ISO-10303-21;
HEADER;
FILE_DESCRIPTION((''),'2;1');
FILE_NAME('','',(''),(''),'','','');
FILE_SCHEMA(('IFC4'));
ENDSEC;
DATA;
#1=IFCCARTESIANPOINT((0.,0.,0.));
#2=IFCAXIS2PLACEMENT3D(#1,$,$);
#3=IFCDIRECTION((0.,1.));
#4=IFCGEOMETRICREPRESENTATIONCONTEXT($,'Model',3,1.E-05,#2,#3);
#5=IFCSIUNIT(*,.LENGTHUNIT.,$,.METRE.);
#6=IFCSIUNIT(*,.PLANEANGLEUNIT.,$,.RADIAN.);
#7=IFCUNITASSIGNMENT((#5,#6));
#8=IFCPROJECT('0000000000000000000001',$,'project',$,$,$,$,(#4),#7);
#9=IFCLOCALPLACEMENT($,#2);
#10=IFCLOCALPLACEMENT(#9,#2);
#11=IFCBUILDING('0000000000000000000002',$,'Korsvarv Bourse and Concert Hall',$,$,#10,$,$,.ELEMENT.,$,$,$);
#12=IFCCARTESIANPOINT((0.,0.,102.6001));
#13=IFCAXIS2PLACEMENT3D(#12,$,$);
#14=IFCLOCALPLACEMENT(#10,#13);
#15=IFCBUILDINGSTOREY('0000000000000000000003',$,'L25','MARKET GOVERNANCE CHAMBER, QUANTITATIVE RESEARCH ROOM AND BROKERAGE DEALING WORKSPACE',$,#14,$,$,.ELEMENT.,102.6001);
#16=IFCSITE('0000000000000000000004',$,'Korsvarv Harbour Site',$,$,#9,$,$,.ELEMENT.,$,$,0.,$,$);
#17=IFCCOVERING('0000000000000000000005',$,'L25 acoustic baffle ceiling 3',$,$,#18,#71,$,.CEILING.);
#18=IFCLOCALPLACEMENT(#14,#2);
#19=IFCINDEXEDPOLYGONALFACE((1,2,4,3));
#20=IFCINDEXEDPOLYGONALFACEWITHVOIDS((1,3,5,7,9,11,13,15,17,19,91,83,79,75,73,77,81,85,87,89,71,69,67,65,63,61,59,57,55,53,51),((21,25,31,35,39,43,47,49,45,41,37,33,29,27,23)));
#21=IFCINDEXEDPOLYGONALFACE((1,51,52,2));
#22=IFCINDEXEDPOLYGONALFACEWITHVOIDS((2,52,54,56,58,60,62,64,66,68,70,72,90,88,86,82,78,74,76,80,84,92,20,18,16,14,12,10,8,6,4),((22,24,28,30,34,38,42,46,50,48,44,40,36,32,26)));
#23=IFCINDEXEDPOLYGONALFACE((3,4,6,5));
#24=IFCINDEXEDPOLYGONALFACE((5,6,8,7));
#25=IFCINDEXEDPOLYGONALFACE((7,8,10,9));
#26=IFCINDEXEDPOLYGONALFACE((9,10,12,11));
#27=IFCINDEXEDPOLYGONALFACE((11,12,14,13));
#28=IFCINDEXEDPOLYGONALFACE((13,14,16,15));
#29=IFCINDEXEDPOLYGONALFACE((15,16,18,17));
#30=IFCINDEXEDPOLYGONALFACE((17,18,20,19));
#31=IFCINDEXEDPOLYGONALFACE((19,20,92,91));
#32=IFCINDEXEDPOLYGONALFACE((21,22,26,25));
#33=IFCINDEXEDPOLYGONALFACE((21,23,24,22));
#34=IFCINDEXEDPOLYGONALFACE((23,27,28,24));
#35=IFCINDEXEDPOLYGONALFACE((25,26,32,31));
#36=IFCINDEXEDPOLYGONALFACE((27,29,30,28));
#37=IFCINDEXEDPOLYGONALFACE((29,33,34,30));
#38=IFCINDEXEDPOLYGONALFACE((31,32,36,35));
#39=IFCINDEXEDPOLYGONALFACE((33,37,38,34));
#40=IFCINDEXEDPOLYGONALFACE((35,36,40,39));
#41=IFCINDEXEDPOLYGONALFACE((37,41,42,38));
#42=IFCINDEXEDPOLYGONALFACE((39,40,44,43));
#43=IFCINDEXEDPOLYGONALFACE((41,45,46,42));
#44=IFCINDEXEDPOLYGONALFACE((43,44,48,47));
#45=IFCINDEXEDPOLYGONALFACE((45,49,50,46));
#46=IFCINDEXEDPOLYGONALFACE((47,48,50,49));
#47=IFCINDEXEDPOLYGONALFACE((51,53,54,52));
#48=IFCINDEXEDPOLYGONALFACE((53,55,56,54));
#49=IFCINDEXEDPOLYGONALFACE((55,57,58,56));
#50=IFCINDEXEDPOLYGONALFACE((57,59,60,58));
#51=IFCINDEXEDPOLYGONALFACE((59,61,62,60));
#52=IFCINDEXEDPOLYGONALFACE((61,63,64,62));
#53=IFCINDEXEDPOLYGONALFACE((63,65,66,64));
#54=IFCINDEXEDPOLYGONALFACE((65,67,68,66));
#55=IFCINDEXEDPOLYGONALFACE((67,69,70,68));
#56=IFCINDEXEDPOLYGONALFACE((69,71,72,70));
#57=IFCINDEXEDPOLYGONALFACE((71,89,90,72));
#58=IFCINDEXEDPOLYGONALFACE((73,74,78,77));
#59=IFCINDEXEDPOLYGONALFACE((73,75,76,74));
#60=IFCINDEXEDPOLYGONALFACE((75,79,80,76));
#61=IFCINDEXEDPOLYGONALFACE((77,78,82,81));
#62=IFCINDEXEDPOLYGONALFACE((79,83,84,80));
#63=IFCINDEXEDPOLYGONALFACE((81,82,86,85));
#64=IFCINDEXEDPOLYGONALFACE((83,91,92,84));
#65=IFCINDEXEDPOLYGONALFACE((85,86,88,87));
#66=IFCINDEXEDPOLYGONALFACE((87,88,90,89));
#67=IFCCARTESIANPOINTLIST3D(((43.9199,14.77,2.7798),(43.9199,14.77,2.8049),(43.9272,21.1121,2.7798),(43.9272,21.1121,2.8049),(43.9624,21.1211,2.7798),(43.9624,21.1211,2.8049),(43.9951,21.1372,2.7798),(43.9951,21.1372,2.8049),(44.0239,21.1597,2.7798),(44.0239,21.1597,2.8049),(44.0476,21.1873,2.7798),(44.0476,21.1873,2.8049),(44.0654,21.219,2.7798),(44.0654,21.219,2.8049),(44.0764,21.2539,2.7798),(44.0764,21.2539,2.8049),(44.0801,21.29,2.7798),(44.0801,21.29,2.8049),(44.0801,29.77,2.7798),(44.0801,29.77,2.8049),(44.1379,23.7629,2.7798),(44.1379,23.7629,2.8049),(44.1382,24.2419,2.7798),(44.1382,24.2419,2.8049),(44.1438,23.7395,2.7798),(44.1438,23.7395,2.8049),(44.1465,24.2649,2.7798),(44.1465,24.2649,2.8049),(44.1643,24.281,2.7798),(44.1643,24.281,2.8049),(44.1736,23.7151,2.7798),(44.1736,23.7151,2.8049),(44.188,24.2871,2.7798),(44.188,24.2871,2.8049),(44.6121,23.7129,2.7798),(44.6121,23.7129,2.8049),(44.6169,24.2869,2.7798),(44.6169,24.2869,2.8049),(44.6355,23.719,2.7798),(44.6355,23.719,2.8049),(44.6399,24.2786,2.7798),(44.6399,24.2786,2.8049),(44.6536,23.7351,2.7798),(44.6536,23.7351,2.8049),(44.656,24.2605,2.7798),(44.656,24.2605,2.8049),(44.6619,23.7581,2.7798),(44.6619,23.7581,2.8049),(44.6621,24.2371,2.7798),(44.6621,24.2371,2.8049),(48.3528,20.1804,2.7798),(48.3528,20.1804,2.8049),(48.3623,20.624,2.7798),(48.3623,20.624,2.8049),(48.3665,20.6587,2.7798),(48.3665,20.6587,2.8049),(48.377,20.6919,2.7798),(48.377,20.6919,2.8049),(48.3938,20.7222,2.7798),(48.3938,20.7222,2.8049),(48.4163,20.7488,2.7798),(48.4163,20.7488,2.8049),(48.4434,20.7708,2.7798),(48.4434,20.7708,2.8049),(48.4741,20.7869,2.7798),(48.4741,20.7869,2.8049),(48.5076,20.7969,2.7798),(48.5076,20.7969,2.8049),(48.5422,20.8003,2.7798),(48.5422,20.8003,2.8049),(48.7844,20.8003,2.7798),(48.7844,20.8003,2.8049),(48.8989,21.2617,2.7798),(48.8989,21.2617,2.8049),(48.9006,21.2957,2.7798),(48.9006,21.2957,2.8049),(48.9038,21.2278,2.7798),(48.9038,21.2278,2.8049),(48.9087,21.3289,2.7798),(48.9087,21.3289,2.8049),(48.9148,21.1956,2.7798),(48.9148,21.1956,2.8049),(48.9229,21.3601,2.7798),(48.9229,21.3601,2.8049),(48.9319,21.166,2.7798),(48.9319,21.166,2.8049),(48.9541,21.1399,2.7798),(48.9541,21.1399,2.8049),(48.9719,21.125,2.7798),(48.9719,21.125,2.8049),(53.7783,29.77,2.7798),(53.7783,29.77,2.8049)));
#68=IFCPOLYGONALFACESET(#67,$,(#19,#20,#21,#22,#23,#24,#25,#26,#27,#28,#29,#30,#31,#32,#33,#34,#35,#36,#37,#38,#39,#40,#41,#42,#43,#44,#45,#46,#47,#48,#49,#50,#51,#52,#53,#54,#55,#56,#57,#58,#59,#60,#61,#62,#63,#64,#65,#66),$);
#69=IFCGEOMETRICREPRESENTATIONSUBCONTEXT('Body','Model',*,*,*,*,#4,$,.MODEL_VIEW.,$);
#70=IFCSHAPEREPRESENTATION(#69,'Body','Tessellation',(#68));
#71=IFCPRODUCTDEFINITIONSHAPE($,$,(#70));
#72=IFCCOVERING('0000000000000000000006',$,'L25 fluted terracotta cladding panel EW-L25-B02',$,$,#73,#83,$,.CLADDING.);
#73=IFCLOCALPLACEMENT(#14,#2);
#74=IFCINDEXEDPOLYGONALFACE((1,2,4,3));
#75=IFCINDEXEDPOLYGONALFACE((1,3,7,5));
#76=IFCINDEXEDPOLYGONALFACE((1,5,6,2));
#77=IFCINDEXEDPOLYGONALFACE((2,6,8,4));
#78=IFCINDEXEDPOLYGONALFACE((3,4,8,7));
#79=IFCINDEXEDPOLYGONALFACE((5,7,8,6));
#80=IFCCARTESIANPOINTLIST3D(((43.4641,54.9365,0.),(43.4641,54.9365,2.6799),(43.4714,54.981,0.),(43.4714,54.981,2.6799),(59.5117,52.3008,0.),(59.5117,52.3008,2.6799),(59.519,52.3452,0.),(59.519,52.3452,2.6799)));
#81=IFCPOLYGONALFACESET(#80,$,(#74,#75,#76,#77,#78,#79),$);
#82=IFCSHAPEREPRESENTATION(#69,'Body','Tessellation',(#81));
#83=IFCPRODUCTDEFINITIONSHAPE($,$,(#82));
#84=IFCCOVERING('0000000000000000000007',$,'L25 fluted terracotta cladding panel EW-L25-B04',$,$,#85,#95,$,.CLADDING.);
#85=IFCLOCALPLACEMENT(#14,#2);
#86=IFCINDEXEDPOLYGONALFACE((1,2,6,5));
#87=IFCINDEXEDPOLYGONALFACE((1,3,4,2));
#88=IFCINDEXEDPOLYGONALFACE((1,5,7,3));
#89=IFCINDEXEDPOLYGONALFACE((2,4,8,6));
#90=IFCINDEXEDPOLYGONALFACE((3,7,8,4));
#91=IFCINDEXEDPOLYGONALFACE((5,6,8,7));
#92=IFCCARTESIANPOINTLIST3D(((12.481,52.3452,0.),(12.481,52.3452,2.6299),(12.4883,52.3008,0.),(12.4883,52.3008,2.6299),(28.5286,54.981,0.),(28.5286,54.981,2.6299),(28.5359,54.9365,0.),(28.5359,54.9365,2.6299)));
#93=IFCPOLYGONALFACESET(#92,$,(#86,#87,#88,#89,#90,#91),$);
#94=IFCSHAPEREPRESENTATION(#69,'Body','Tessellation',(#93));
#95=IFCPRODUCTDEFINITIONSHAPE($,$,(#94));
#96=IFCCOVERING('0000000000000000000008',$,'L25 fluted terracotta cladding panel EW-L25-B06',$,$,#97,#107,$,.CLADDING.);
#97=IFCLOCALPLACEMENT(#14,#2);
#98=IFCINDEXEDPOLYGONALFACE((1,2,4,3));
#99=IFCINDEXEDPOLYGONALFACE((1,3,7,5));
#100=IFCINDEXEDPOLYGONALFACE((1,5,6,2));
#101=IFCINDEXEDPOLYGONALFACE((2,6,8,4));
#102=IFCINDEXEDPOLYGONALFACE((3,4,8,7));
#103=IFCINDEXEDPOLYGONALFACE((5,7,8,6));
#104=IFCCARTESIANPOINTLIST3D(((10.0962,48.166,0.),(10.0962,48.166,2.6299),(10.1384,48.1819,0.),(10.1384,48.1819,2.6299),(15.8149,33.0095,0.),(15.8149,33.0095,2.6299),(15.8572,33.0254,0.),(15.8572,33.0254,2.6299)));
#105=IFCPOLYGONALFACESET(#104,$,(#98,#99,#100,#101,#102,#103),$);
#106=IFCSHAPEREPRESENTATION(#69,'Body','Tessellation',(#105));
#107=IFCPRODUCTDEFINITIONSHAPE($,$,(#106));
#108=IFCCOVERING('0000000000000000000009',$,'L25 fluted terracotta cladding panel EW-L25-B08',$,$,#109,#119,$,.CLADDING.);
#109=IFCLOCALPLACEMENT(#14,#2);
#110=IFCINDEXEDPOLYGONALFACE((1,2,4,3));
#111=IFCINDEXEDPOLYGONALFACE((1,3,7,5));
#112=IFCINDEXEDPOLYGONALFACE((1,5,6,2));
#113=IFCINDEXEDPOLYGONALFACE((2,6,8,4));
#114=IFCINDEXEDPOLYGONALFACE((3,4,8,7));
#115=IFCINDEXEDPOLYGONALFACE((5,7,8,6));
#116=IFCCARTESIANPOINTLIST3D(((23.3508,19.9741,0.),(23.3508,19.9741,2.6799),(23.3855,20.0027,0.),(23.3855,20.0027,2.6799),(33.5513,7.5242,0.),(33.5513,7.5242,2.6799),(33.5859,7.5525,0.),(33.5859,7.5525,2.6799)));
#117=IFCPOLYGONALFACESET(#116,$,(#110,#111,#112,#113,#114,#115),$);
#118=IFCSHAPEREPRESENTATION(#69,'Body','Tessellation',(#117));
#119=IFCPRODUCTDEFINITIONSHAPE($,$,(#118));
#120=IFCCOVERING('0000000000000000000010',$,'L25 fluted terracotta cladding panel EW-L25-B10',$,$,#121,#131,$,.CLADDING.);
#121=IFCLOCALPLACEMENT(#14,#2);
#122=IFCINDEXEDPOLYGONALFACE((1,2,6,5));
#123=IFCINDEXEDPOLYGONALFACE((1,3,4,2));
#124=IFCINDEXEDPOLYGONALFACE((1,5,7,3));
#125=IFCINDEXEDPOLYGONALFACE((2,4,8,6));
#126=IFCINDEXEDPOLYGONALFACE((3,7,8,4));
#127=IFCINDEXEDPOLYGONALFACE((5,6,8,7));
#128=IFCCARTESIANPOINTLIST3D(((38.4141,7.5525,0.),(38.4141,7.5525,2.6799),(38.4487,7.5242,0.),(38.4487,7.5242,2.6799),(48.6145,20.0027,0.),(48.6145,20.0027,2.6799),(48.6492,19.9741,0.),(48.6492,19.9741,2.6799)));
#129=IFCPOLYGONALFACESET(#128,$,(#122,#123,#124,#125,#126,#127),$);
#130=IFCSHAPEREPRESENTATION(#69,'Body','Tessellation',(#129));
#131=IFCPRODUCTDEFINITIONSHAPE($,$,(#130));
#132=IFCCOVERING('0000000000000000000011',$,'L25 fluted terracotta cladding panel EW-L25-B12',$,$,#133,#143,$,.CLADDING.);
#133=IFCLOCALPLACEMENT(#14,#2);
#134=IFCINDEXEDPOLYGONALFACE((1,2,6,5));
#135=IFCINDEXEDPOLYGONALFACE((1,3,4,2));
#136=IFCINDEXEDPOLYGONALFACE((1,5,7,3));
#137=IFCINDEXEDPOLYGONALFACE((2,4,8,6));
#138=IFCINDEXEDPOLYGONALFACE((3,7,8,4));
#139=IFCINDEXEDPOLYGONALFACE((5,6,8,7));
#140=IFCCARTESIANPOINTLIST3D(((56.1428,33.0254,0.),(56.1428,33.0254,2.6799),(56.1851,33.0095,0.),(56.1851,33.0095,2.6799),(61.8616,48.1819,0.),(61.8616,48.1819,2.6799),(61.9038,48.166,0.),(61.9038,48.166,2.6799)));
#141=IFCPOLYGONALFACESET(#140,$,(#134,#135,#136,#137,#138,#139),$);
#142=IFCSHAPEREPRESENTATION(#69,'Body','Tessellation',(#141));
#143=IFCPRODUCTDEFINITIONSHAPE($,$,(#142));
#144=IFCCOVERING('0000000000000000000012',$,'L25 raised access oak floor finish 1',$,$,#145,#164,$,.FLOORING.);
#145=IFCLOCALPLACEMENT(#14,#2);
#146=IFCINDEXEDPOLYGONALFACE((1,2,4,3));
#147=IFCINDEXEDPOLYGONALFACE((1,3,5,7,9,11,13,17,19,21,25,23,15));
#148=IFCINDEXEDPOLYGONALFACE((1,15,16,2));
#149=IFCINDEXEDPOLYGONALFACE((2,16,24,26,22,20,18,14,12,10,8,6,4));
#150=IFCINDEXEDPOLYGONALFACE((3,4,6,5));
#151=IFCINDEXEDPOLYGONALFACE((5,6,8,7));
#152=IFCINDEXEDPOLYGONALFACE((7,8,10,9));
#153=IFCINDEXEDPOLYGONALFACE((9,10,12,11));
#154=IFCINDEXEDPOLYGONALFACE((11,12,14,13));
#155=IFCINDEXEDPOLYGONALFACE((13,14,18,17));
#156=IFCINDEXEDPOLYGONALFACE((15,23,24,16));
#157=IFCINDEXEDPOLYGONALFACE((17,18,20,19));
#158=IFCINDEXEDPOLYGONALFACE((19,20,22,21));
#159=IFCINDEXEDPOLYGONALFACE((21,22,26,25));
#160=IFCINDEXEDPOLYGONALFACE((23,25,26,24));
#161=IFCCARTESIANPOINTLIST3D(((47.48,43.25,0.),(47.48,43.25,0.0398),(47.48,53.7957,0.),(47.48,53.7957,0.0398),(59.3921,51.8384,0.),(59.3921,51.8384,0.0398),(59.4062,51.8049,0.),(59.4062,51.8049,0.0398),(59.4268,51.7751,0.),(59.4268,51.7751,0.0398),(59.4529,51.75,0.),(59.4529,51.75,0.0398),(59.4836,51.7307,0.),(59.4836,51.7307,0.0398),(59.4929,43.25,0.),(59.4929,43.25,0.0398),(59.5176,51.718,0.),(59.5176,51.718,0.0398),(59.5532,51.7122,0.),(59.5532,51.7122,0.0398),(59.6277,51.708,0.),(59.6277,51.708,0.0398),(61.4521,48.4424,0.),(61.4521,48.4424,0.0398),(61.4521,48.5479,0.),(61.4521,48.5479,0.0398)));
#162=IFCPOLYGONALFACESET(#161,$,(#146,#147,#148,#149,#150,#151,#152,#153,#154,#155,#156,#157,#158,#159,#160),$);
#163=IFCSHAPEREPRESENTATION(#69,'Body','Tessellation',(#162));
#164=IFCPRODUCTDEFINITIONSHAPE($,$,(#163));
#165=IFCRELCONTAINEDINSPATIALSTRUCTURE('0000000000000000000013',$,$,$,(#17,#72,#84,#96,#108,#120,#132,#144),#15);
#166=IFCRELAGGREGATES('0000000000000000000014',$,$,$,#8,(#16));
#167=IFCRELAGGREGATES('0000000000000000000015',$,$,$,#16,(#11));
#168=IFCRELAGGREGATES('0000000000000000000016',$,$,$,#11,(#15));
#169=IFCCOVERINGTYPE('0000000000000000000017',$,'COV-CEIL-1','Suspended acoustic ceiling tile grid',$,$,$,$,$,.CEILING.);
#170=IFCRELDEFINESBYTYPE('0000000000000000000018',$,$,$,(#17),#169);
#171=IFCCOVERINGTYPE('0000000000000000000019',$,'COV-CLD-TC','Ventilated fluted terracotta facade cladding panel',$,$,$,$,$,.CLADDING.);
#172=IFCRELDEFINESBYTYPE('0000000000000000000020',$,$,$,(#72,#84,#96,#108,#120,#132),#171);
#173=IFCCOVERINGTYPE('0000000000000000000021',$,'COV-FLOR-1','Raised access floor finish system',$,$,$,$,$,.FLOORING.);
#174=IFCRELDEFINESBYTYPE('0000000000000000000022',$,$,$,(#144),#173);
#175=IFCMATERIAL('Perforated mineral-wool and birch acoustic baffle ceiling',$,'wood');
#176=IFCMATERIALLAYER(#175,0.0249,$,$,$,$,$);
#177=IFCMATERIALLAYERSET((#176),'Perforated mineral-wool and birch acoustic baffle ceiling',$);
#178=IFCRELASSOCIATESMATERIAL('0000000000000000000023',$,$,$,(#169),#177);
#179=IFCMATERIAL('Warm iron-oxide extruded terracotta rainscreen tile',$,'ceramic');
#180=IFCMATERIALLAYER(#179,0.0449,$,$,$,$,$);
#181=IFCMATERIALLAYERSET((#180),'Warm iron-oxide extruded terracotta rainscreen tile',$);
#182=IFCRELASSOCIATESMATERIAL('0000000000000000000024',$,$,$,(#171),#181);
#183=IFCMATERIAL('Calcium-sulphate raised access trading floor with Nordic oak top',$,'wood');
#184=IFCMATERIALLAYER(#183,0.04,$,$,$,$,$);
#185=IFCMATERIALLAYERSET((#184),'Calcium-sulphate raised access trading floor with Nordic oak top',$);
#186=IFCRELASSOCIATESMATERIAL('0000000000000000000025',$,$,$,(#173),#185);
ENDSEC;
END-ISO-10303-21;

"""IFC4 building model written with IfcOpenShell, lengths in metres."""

from ifc_helpers import new_model, si_unit, direction, frame, origin, place, context, subcontext, project, spatial, polyline, outline, extrude, material, layer, layer_set, type_object, element, save


model = new_model("IFC4")

# Units and contexts
model_context = context("Model", 3, precision=1e-05, world=origin(), true_north=direction((0.0, 1.0)))
body_context = subcontext(model_context, "Body", "Model", "MODEL_VIEW")
ifc_project = project(units=[si_unit("LENGTHUNIT", "METRE"), si_unit("PLANEANGLEUNIT", "RADIAN")], contexts=[model_context])

# Site, building, storey
site_placement = place(None, origin())
site = spatial("IfcSite", under=ifc_project, at=site_placement, Name="Korsvarv Harbour Site", CompositionType="ELEMENT", RefElevation=0.0)
building_placement = place(site_placement, origin())
building = spatial("IfcBuilding", under=site, at=building_placement, Name="Korsvarv Bourse and Concert Hall", CompositionType="ELEMENT")
storey_placement = place(building_placement, frame((0.0, 0.0, 102.6001)))
storey = spatial("IfcBuildingStorey", under=building, at=storey_placement, Name="L25", Description="MARKET GOVERNANCE CHAMBER, QUANTITATIVE RESEARCH ROOM AND BROKERAGE DEALING WORKSPACE", CompositionType="ELEMENT", Elevation=102.6001)

# Coverings
ifc_material_1 = material(Name="Perforated mineral-wool and birch acoustic baffle ceiling", Category="wood")
ifc_layer_1 = layer(ifc_material_1, 0.0249)
ifc_layer_set_1 = layer_set([ifc_layer_1], Name="Perforated mineral-wool and birch acoustic baffle ceiling")
covering_type_1 = type_object("IfcCoveringType", Name="COV-CEIL-1", Description="Suspended acoustic ceiling tile grid", PredefinedType="CEILING", material=ifc_layer_set_1)
covering_1_placement = place(storey_placement, frame((0.0, 0.0, 2.7798)))
element("IfcCovering", 1, at=covering_1_placement, inside=storey, type_object=covering_type_1, Name="L25 acoustic baffle ceiling 3", PredefinedType="CEILING", context=body_context, shape_type="SweptSolid", body=[
    extrude(outline(polyline([(43.9272, 21.1121), (43.9624, 21.1211), (43.9951, 21.1372), (44.0239, 21.1597), (44.0476, 21.1873), (44.0654, 21.219), (44.0764, 21.2539), (44.0801, 21.29), (44.0801, 29.77), (53.7783, 29.77), (48.9229, 21.3601), (48.9087, 21.3289), (48.9006, 21.2957), (48.8989, 21.2617), (48.9038, 21.2278), (48.9148, 21.1956), (48.9319, 21.166), (48.9541, 21.1399), (48.9719, 21.125), (48.7844, 20.8003), (48.5422, 20.8003), (48.5076, 20.7969), (48.4741, 20.7869), (48.4434, 20.7708), (48.4163, 20.7488), (48.3938, 20.7222), (48.377, 20.6919), (48.3665, 20.6587), (48.3623, 20.624), (48.3528, 20.1804), (43.9199, 14.77), (43.9272, 21.1121)]), holes=[polyline([(44.1736, 23.7151), (44.6121, 23.7129), (44.6355, 23.719), (44.6536, 23.7351), (44.6619, 23.7581), (44.6621, 24.2371), (44.656, 24.2605), (44.6399, 24.2786), (44.6169, 24.2869), (44.188, 24.2871), (44.1643, 24.281), (44.1465, 24.2649), (44.1382, 24.2419), (44.1379, 23.7629), (44.1438, 23.7395), (44.1736, 23.7151)])]), origin(), (0.0, 0.0, 1.0), 0.0251),
])
ifc_material_2 = material(Name="Warm iron-oxide extruded terracotta rainscreen tile", Category="ceramic")
ifc_layer_2 = layer(ifc_material_2, 0.0449)
ifc_layer_set_2 = layer_set([ifc_layer_2], Name="Warm iron-oxide extruded terracotta rainscreen tile")
covering_type_2 = type_object("IfcCoveringType", Name="COV-CLD-TC", Description="Ventilated fluted terracotta facade cladding panel", PredefinedType="CLADDING", material=ifc_layer_set_2)
covering_2_placement = place(storey_placement, origin())
element("IfcCovering", 2, at=covering_2_placement, inside=storey, type_object=covering_type_2, Name="L25 fluted terracotta cladding panel EW-L25-B02", PredefinedType="CLADDING", context=body_context, shape_type="SweptSolid", body=[
    extrude(outline(polyline([(59.5117, 52.3008), (43.4641, 54.9365), (43.4714, 54.981), (59.519, 52.3452), (59.5117, 52.3008)])), origin(), (0.0, 0.0, 1.0), 2.6799),
])
covering_3_placement = place(storey_placement, origin())
element("IfcCovering", 3, at=covering_3_placement, inside=storey, type_object=covering_type_2, Name="L25 fluted terracotta cladding panel EW-L25-B04", PredefinedType="CLADDING", context=body_context, shape_type="SweptSolid", body=[
    extrude(outline(polyline([(28.5359, 54.9365), (12.4883, 52.3008), (12.481, 52.3452), (28.5286, 54.981), (28.5359, 54.9365)])), origin(), (0.0, 0.0, 1.0), 2.6299),
])
covering_4_placement = place(storey_placement, origin())
element("IfcCovering", 4, at=covering_4_placement, inside=storey, type_object=covering_type_2, Name="L25 fluted terracotta cladding panel EW-L25-B06", PredefinedType="CLADDING", context=body_context, shape_type="SweptSolid", body=[
    extrude(outline(polyline([(10.1384, 48.1819), (15.8572, 33.0254), (15.8149, 33.0095), (10.0962, 48.166), (10.1384, 48.1819)])), origin(), (0.0, 0.0, 1.0), 2.6299),
])
covering_5_placement = place(storey_placement, origin())
element("IfcCovering", 5, at=covering_5_placement, inside=storey, type_object=covering_type_2, Name="L25 fluted terracotta cladding panel EW-L25-B08", PredefinedType="CLADDING", context=body_context, shape_type="SweptSolid", body=[
    extrude(outline(polyline([(23.3855, 20.0027), (33.5859, 7.5525), (33.5513, 7.5242), (23.3508, 19.9741), (23.3855, 20.0027)])), origin(), (0.0, 0.0, 1.0), 2.6799),
])
covering_6_placement = place(storey_placement, origin())
element("IfcCovering", 6, at=covering_6_placement, inside=storey, type_object=covering_type_2, Name="L25 fluted terracotta cladding panel EW-L25-B10", PredefinedType="CLADDING", context=body_context, shape_type="SweptSolid", body=[
    extrude(outline(polyline([(38.4141, 7.5525), (48.6145, 20.0027), (48.6492, 19.9741), (38.4487, 7.5242), (38.4141, 7.5525)])), origin(), (0.0, 0.0, 1.0), 2.6799),
])
covering_7_placement = place(storey_placement, origin())
element("IfcCovering", 7, at=covering_7_placement, inside=storey, type_object=covering_type_2, Name="L25 fluted terracotta cladding panel EW-L25-B12", PredefinedType="CLADDING", context=body_context, shape_type="SweptSolid", body=[
    extrude(outline(polyline([(56.1428, 33.0254), (61.8616, 48.1819), (61.9038, 48.166), (56.1851, 33.0095), (56.1428, 33.0254)])), origin(), (0.0, 0.0, 1.0), 2.6799),
])
ifc_material_3 = material(Name="Calcium-sulphate raised access trading floor with Nordic oak top", Category="wood")
ifc_layer_3 = layer(ifc_material_3, 0.04)
ifc_layer_set_3 = layer_set([ifc_layer_3], Name="Calcium-sulphate raised access trading floor with Nordic oak top")
covering_type_3 = type_object("IfcCoveringType", Name="COV-FLOR-1", Description="Raised access floor finish system", PredefinedType="FLOORING", material=ifc_layer_set_3)
covering_8_placement = place(storey_placement, origin())
element("IfcCovering", 8, at=covering_8_placement, inside=storey, type_object=covering_type_3, Name="L25 raised access oak floor finish 1", PredefinedType="FLOORING", context=body_context, shape_type="SweptSolid", body=[
    extrude(outline(polyline([(59.3921, 51.8384), (59.4062, 51.8049), (59.4268, 51.7751), (59.4529, 51.75), (59.4836, 51.7307), (59.5176, 51.718), (59.5532, 51.7122), (59.6277, 51.708), (61.4521, 48.5479), (61.4521, 48.4424), (59.4929, 43.25), (47.48, 43.25), (47.48, 53.7957), (59.3921, 51.8384)])), origin(), (0.0, 0.0, 1.0), 0.0398),
])

save(model, "model.ifc")
